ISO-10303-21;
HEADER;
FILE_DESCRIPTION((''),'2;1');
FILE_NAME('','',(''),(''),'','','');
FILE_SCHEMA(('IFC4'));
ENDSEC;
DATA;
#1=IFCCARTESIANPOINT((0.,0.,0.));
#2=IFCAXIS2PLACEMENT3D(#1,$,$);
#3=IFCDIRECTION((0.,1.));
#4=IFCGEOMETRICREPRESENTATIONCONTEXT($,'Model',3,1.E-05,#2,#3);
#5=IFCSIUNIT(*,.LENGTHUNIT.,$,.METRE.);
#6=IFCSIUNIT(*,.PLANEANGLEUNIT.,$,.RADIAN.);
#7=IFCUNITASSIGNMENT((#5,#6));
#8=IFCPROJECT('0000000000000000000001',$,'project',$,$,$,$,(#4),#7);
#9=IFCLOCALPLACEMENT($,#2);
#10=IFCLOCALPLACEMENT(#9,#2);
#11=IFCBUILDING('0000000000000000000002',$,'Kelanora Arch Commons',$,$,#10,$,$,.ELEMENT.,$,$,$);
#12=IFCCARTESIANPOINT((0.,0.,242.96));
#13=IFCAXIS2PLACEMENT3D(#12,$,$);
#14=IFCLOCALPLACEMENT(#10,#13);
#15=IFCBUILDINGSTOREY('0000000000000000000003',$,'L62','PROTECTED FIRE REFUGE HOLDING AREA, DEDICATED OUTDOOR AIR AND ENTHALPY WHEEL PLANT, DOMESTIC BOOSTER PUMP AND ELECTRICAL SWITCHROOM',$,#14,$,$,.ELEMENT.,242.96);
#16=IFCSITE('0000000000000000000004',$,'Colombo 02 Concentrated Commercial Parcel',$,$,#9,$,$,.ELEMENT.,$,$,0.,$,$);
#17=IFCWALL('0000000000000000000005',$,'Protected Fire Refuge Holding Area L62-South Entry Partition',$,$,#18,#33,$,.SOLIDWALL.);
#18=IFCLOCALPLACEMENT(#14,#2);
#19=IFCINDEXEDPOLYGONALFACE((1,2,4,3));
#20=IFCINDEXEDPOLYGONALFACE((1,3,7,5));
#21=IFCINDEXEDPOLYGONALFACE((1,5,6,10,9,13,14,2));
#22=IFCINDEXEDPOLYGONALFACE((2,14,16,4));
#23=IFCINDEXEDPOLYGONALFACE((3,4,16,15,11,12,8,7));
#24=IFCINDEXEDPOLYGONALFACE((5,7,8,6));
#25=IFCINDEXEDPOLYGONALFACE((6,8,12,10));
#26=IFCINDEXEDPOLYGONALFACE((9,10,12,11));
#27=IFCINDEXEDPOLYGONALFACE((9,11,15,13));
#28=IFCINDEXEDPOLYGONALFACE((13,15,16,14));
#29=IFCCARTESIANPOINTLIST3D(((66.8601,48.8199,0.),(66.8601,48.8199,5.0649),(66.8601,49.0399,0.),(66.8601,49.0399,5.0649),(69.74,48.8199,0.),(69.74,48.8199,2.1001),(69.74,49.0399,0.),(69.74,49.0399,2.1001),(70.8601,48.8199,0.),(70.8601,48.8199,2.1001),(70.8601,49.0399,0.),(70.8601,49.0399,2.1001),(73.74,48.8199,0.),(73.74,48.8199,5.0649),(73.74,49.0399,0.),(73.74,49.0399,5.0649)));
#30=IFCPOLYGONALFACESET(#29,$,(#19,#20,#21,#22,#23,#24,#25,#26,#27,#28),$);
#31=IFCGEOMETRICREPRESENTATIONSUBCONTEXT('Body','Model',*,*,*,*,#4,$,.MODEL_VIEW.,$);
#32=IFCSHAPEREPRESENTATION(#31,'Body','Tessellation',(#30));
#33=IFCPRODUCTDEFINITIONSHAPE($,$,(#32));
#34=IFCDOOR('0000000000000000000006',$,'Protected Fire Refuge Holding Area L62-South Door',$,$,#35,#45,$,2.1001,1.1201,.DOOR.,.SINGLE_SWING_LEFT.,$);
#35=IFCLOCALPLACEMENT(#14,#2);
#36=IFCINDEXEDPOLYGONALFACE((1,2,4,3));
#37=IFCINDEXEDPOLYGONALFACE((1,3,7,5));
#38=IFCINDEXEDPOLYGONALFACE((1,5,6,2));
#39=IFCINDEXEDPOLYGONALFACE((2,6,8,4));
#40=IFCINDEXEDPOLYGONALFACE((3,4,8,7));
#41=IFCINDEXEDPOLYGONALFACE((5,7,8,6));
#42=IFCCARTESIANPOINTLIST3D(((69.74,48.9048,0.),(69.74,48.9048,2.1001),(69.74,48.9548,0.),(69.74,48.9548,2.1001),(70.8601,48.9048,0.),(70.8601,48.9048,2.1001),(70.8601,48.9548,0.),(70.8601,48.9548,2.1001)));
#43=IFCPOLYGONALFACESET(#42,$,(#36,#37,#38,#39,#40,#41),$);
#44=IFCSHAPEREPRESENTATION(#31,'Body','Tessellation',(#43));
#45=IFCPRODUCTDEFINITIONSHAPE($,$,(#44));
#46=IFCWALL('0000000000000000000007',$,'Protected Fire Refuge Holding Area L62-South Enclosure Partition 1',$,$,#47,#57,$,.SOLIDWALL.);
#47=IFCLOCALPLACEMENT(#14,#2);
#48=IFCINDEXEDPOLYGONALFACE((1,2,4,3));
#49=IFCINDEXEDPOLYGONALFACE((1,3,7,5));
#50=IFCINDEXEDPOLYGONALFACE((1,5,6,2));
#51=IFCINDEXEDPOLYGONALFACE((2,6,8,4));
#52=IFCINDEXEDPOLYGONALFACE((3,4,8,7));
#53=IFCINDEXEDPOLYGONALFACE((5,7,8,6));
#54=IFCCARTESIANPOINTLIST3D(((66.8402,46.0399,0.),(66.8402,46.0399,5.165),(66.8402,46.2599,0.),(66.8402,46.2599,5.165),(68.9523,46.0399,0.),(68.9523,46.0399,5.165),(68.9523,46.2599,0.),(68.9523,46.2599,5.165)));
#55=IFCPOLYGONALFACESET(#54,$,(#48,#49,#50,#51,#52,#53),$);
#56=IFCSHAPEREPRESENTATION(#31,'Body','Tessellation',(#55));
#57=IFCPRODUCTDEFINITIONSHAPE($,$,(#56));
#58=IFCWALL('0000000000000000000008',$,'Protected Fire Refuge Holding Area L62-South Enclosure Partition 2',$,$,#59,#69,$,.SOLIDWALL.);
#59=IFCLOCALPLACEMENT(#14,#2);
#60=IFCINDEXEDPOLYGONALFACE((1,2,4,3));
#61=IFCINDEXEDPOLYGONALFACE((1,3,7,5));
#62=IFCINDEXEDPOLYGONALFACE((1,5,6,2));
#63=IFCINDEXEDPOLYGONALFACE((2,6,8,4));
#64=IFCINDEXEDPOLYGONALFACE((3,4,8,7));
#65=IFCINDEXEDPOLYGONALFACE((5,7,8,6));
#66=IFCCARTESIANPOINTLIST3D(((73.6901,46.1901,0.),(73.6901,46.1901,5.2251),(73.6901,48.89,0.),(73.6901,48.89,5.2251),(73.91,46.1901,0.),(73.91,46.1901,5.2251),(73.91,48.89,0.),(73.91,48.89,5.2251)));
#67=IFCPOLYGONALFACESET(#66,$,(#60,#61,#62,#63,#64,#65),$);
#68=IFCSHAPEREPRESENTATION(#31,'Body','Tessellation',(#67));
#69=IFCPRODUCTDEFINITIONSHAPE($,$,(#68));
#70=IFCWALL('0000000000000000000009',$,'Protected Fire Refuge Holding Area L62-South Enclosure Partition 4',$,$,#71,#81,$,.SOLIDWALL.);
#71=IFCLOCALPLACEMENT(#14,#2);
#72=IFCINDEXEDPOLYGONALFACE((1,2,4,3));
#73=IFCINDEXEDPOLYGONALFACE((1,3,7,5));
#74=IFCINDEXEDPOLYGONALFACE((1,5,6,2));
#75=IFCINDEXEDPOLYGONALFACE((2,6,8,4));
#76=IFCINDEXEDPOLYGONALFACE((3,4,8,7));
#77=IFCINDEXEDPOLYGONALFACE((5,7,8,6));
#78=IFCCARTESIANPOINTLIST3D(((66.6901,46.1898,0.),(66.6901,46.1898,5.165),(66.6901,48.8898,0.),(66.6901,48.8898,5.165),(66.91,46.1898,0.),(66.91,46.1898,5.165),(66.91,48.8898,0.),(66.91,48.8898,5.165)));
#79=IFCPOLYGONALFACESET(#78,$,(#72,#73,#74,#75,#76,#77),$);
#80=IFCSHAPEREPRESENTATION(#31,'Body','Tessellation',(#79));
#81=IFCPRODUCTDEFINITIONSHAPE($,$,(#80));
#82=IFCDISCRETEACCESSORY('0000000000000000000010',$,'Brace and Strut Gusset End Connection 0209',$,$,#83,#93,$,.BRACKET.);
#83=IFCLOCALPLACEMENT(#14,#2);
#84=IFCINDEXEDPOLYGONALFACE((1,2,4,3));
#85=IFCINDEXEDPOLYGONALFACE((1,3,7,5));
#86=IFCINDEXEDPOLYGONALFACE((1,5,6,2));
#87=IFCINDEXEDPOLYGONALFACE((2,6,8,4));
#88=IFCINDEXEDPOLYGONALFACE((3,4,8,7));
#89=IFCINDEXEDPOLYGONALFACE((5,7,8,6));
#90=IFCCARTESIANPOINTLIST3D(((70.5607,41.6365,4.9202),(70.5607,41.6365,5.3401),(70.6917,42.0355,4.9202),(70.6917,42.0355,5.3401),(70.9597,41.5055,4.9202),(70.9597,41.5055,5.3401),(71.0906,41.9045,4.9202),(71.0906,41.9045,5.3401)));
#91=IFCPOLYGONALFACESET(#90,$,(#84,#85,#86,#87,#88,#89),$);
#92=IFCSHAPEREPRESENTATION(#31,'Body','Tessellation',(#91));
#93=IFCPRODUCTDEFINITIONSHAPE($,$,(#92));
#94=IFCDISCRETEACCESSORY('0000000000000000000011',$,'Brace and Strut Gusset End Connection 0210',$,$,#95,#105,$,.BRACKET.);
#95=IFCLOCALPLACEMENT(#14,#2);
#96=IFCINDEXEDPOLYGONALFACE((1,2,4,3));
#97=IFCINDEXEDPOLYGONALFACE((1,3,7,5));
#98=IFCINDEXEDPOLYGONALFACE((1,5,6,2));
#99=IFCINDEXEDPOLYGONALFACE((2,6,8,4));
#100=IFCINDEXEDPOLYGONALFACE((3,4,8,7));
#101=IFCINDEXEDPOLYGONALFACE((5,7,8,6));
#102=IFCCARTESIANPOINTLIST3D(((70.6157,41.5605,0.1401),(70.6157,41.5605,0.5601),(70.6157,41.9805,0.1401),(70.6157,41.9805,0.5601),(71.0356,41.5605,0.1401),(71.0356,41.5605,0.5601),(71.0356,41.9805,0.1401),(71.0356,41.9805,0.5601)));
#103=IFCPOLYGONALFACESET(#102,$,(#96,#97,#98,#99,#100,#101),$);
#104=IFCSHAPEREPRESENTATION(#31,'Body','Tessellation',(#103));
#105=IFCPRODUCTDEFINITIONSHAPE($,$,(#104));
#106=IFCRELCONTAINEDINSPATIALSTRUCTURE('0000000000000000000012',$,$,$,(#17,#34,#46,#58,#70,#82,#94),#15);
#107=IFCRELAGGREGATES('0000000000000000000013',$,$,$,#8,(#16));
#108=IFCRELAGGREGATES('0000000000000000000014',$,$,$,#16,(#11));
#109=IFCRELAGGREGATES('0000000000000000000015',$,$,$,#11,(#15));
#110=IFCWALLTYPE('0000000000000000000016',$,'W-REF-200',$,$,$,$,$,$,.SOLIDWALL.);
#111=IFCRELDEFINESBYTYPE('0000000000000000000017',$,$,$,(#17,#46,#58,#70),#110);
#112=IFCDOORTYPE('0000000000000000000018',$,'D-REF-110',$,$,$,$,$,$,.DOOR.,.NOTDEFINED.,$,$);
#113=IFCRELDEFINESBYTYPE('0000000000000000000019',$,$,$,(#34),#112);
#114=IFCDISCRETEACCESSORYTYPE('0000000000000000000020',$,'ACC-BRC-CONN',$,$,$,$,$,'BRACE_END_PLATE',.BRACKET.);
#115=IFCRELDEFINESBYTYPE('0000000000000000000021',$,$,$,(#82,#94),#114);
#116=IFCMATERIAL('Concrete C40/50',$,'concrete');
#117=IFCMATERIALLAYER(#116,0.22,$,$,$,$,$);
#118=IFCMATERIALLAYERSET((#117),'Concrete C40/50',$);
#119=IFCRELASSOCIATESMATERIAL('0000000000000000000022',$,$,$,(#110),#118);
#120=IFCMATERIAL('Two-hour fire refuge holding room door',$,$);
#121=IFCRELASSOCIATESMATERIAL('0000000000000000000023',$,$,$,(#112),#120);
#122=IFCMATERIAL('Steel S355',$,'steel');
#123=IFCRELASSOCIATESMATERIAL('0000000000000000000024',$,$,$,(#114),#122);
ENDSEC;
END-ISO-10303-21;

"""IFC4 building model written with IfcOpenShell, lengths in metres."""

from ifc_helpers import new_model, si_unit, direction, frame, frame_2d, origin, origin_2d, place, context, subcontext, project, spatial, rectangle, extrude, source, transform, mapped, material, layer, layer_set, type_object, element, fill, save


model = new_model("IFC4")

# Units and contexts
model_context = context("Model", 3, precision=1e-05, world=origin(), true_north=direction((0.0, 1.0)))
body_context = subcontext(model_context, "Body", "Model", "MODEL_VIEW")
ifc_project = project(units=[si_unit("LENGTHUNIT", "METRE"), si_unit("PLANEANGLEUNIT", "RADIAN")], contexts=[model_context])

# Site, building, storey
site_placement = place(None, origin())
site = spatial("IfcSite", under=ifc_project, at=site_placement, Name="Colombo 02 Concentrated Commercial Parcel", CompositionType="ELEMENT", RefElevation=0.0)
building_placement = place(site_placement, origin())
building = spatial("IfcBuilding", under=site, at=building_placement, Name="Kelanora Arch Commons", CompositionType="ELEMENT")
storey_placement = place(building_placement, frame((0.0, 0.0, 242.96)))
storey = spatial("IfcBuildingStorey", under=building, at=storey_placement, Name="L62", Description="PROTECTED FIRE REFUGE HOLDING AREA, DEDICATED OUTDOOR AIR AND ENTHALPY WHEEL PLANT, DOMESTIC BOOSTER PUMP AND ELECTRICAL SWITCHROOM", CompositionType="ELEMENT", Elevation=242.96)

# Shared definitions
ifc_material_1 = material(Name="Steel S355", Category="steel")

# Wall, opening, door
ifc_material_2 = material(Name="Concrete C40/50", Category="concrete")
ifc_layer_1 = layer(ifc_material_2, 0.22)
ifc_layer_set_1 = layer_set([ifc_layer_1], Name="Concrete C40/50")
wall_type_1 = type_object("IfcWallType", Name="W-REF-200", PredefinedType="SOLIDWALL", material=ifc_layer_set_1)
wall_1_placement = place(storey_placement, frame((66.8601, 48.9299, 0.0), z_axis=(0.0, 0.0, 1.0), x_axis=(1.0, 0.0, 0.0)))
wall_1 = element("IfcWall", 1, at=wall_1_placement, inside=storey, type_object=wall_type_1, Name="Protected Fire Refuge Holding Area L62-South Entry Partition", PredefinedType="SOLIDWALL", context=body_context, shape_type="SweptSolid", body=[
    extrude(rectangle(XDim=6.8799, YDim=0.22, at=frame_2d((3.4399, 0.0))), origin(), (0.0, 0.0, 1.0), 5.0649),
])
opening_1_placement = place(wall_1_placement, frame((2.8799, 0.0, 0.0)))
opening_1 = element("IfcOpeningElement", 2, at=opening_1_placement, cuts=wall_1, PredefinedType="OPENING", context=body_context, shape_type="SweptSolid", body=[
    extrude(rectangle(XDim=1.1201, YDim=2.1001, at=frame_2d((0.5601, 1.05))), frame((0.0, 0.1201, 0.0), z_axis=(0.0, -1.0, 0.0), x_axis=(1.0, 0.0, 0.0)), (0.0, 0.0, 1.0), 0.24),
])
ifc_material_3 = material(Name="Two-hour fire refuge holding room door")
door_type_1 = type_object("IfcDoorType", Name="D-REF-110", OperationType="NOTDEFINED", PredefinedType="DOOR", material=ifc_material_3)
door_1_placement = place(opening_1_placement, origin())
door_1 = element("IfcDoor", 3, at=door_1_placement, inside=storey, type_object=door_type_1, Name="Protected Fire Refuge Holding Area L62-South Door", OperationType="SINGLE_SWING_LEFT", OverallHeight=2.1001, OverallWidth=1.1201, PredefinedType="DOOR", context=body_context, shape_type="SweptSolid", body=[
    extrude(rectangle(XDim=1.1201, YDim=2.1001, at=frame_2d((0.5601, 1.05))), frame((0.0, 0.0249, 0.0), z_axis=(0.0, -1.0, 0.0), x_axis=(1.0, 0.0, 0.0)), (0.0, 0.0, 1.0), 0.05),
])
fill(opening_1, door_1)

# Walls
wall_2_placement = place(storey_placement, frame((66.8401, 46.1499, 0.0), z_axis=(0.0, 0.0, 1.0), x_axis=(1.0, 0.0, 0.0)))
element("IfcWall", 4, at=wall_2_placement, inside=storey, type_object=wall_type_1, Name="Protected Fire Refuge Holding Area L62-South Enclosure Partition 1", PredefinedType="SOLIDWALL", context=body_context, shape_type="SweptSolid", body=[
    extrude(rectangle(XDim=2.1121, YDim=0.22, at=frame_2d((1.0562, 0.0))), origin(), (0.0, 0.0, 1.0), 5.165),
])
wall_3_placement = place(storey_placement, frame((73.8, 46.1899, 0.0), z_axis=(0.0, 0.0, 1.0), x_axis=(0.0, 1.0, 0.0)))
element("IfcWall", 5, at=wall_3_placement, inside=storey, type_object=wall_type_1, Name="Protected Fire Refuge Holding Area L62-South Enclosure Partition 2", PredefinedType="SOLIDWALL", context=body_context, shape_type="SweptSolid", body=[
    extrude(rectangle(XDim=2.7, YDim=0.22, at=frame_2d((1.3501, 0.0))), origin(), (0.0, 0.0, 1.0), 5.2251),
])
wall_4_placement = place(storey_placement, frame((66.8, 48.8899, 0.0), z_axis=(0.0, 0.0, 1.0), x_axis=(0.0, -1.0, 0.0)))
element("IfcWall", 6, at=wall_4_placement, inside=storey, type_object=wall_type_1, Name="Protected Fire Refuge Holding Area L62-South Enclosure Partition 4", PredefinedType="SOLIDWALL", context=body_context, shape_type="SweptSolid", body=[
    extrude(rectangle(XDim=2.7, YDim=0.22, at=frame_2d((1.3501, 0.0))), origin(), (0.0, 0.0, 1.0), 5.165),
])

# Discrete accessories
discrete_accessory_type = type_object("IfcDiscreteAccessoryType", Name="ACC-BRC-CONN", ElementType="BRACE_END_PLATE", PredefinedType="BRACKET", material=ifc_material_1)
shared_shape = source(origin(), body_context, "Body", "SweptSolid", [
    extrude(rectangle(XDim=0.4199, YDim=0.4199, at=origin_2d()), origin(), (0.0, 0.0, 1.0), 0.4199),
])
for number, where, z_axis, x_axis, name in (
    (7, (70.8257, 41.7705, 4.9202), (0.0, 0.0, 1.0), (0.950135, -0.311837, 0.0), "Brace and Strut Gusset End Connection 0209"),
    (8, (70.8257, 41.7705, 0.1401), (0.0, 0.0, 1.0), (1.0, 0.0, 0.0), "Brace and Strut Gusset End Connection 0210"),
):
    element("IfcDiscreteAccessory", number, at=place(storey_placement, frame(where, z_axis=z_axis, x_axis=x_axis)), inside=storey, type_object=discrete_accessory_type, Name=name, PredefinedType="BRACKET", context=body_context, shape_type="MappedRepresentation", body=[
        mapped(shared_shape, transform((0.0, 0.0, 0.0), scale=1.0)),
    ])

save(model, "model.ifc")
